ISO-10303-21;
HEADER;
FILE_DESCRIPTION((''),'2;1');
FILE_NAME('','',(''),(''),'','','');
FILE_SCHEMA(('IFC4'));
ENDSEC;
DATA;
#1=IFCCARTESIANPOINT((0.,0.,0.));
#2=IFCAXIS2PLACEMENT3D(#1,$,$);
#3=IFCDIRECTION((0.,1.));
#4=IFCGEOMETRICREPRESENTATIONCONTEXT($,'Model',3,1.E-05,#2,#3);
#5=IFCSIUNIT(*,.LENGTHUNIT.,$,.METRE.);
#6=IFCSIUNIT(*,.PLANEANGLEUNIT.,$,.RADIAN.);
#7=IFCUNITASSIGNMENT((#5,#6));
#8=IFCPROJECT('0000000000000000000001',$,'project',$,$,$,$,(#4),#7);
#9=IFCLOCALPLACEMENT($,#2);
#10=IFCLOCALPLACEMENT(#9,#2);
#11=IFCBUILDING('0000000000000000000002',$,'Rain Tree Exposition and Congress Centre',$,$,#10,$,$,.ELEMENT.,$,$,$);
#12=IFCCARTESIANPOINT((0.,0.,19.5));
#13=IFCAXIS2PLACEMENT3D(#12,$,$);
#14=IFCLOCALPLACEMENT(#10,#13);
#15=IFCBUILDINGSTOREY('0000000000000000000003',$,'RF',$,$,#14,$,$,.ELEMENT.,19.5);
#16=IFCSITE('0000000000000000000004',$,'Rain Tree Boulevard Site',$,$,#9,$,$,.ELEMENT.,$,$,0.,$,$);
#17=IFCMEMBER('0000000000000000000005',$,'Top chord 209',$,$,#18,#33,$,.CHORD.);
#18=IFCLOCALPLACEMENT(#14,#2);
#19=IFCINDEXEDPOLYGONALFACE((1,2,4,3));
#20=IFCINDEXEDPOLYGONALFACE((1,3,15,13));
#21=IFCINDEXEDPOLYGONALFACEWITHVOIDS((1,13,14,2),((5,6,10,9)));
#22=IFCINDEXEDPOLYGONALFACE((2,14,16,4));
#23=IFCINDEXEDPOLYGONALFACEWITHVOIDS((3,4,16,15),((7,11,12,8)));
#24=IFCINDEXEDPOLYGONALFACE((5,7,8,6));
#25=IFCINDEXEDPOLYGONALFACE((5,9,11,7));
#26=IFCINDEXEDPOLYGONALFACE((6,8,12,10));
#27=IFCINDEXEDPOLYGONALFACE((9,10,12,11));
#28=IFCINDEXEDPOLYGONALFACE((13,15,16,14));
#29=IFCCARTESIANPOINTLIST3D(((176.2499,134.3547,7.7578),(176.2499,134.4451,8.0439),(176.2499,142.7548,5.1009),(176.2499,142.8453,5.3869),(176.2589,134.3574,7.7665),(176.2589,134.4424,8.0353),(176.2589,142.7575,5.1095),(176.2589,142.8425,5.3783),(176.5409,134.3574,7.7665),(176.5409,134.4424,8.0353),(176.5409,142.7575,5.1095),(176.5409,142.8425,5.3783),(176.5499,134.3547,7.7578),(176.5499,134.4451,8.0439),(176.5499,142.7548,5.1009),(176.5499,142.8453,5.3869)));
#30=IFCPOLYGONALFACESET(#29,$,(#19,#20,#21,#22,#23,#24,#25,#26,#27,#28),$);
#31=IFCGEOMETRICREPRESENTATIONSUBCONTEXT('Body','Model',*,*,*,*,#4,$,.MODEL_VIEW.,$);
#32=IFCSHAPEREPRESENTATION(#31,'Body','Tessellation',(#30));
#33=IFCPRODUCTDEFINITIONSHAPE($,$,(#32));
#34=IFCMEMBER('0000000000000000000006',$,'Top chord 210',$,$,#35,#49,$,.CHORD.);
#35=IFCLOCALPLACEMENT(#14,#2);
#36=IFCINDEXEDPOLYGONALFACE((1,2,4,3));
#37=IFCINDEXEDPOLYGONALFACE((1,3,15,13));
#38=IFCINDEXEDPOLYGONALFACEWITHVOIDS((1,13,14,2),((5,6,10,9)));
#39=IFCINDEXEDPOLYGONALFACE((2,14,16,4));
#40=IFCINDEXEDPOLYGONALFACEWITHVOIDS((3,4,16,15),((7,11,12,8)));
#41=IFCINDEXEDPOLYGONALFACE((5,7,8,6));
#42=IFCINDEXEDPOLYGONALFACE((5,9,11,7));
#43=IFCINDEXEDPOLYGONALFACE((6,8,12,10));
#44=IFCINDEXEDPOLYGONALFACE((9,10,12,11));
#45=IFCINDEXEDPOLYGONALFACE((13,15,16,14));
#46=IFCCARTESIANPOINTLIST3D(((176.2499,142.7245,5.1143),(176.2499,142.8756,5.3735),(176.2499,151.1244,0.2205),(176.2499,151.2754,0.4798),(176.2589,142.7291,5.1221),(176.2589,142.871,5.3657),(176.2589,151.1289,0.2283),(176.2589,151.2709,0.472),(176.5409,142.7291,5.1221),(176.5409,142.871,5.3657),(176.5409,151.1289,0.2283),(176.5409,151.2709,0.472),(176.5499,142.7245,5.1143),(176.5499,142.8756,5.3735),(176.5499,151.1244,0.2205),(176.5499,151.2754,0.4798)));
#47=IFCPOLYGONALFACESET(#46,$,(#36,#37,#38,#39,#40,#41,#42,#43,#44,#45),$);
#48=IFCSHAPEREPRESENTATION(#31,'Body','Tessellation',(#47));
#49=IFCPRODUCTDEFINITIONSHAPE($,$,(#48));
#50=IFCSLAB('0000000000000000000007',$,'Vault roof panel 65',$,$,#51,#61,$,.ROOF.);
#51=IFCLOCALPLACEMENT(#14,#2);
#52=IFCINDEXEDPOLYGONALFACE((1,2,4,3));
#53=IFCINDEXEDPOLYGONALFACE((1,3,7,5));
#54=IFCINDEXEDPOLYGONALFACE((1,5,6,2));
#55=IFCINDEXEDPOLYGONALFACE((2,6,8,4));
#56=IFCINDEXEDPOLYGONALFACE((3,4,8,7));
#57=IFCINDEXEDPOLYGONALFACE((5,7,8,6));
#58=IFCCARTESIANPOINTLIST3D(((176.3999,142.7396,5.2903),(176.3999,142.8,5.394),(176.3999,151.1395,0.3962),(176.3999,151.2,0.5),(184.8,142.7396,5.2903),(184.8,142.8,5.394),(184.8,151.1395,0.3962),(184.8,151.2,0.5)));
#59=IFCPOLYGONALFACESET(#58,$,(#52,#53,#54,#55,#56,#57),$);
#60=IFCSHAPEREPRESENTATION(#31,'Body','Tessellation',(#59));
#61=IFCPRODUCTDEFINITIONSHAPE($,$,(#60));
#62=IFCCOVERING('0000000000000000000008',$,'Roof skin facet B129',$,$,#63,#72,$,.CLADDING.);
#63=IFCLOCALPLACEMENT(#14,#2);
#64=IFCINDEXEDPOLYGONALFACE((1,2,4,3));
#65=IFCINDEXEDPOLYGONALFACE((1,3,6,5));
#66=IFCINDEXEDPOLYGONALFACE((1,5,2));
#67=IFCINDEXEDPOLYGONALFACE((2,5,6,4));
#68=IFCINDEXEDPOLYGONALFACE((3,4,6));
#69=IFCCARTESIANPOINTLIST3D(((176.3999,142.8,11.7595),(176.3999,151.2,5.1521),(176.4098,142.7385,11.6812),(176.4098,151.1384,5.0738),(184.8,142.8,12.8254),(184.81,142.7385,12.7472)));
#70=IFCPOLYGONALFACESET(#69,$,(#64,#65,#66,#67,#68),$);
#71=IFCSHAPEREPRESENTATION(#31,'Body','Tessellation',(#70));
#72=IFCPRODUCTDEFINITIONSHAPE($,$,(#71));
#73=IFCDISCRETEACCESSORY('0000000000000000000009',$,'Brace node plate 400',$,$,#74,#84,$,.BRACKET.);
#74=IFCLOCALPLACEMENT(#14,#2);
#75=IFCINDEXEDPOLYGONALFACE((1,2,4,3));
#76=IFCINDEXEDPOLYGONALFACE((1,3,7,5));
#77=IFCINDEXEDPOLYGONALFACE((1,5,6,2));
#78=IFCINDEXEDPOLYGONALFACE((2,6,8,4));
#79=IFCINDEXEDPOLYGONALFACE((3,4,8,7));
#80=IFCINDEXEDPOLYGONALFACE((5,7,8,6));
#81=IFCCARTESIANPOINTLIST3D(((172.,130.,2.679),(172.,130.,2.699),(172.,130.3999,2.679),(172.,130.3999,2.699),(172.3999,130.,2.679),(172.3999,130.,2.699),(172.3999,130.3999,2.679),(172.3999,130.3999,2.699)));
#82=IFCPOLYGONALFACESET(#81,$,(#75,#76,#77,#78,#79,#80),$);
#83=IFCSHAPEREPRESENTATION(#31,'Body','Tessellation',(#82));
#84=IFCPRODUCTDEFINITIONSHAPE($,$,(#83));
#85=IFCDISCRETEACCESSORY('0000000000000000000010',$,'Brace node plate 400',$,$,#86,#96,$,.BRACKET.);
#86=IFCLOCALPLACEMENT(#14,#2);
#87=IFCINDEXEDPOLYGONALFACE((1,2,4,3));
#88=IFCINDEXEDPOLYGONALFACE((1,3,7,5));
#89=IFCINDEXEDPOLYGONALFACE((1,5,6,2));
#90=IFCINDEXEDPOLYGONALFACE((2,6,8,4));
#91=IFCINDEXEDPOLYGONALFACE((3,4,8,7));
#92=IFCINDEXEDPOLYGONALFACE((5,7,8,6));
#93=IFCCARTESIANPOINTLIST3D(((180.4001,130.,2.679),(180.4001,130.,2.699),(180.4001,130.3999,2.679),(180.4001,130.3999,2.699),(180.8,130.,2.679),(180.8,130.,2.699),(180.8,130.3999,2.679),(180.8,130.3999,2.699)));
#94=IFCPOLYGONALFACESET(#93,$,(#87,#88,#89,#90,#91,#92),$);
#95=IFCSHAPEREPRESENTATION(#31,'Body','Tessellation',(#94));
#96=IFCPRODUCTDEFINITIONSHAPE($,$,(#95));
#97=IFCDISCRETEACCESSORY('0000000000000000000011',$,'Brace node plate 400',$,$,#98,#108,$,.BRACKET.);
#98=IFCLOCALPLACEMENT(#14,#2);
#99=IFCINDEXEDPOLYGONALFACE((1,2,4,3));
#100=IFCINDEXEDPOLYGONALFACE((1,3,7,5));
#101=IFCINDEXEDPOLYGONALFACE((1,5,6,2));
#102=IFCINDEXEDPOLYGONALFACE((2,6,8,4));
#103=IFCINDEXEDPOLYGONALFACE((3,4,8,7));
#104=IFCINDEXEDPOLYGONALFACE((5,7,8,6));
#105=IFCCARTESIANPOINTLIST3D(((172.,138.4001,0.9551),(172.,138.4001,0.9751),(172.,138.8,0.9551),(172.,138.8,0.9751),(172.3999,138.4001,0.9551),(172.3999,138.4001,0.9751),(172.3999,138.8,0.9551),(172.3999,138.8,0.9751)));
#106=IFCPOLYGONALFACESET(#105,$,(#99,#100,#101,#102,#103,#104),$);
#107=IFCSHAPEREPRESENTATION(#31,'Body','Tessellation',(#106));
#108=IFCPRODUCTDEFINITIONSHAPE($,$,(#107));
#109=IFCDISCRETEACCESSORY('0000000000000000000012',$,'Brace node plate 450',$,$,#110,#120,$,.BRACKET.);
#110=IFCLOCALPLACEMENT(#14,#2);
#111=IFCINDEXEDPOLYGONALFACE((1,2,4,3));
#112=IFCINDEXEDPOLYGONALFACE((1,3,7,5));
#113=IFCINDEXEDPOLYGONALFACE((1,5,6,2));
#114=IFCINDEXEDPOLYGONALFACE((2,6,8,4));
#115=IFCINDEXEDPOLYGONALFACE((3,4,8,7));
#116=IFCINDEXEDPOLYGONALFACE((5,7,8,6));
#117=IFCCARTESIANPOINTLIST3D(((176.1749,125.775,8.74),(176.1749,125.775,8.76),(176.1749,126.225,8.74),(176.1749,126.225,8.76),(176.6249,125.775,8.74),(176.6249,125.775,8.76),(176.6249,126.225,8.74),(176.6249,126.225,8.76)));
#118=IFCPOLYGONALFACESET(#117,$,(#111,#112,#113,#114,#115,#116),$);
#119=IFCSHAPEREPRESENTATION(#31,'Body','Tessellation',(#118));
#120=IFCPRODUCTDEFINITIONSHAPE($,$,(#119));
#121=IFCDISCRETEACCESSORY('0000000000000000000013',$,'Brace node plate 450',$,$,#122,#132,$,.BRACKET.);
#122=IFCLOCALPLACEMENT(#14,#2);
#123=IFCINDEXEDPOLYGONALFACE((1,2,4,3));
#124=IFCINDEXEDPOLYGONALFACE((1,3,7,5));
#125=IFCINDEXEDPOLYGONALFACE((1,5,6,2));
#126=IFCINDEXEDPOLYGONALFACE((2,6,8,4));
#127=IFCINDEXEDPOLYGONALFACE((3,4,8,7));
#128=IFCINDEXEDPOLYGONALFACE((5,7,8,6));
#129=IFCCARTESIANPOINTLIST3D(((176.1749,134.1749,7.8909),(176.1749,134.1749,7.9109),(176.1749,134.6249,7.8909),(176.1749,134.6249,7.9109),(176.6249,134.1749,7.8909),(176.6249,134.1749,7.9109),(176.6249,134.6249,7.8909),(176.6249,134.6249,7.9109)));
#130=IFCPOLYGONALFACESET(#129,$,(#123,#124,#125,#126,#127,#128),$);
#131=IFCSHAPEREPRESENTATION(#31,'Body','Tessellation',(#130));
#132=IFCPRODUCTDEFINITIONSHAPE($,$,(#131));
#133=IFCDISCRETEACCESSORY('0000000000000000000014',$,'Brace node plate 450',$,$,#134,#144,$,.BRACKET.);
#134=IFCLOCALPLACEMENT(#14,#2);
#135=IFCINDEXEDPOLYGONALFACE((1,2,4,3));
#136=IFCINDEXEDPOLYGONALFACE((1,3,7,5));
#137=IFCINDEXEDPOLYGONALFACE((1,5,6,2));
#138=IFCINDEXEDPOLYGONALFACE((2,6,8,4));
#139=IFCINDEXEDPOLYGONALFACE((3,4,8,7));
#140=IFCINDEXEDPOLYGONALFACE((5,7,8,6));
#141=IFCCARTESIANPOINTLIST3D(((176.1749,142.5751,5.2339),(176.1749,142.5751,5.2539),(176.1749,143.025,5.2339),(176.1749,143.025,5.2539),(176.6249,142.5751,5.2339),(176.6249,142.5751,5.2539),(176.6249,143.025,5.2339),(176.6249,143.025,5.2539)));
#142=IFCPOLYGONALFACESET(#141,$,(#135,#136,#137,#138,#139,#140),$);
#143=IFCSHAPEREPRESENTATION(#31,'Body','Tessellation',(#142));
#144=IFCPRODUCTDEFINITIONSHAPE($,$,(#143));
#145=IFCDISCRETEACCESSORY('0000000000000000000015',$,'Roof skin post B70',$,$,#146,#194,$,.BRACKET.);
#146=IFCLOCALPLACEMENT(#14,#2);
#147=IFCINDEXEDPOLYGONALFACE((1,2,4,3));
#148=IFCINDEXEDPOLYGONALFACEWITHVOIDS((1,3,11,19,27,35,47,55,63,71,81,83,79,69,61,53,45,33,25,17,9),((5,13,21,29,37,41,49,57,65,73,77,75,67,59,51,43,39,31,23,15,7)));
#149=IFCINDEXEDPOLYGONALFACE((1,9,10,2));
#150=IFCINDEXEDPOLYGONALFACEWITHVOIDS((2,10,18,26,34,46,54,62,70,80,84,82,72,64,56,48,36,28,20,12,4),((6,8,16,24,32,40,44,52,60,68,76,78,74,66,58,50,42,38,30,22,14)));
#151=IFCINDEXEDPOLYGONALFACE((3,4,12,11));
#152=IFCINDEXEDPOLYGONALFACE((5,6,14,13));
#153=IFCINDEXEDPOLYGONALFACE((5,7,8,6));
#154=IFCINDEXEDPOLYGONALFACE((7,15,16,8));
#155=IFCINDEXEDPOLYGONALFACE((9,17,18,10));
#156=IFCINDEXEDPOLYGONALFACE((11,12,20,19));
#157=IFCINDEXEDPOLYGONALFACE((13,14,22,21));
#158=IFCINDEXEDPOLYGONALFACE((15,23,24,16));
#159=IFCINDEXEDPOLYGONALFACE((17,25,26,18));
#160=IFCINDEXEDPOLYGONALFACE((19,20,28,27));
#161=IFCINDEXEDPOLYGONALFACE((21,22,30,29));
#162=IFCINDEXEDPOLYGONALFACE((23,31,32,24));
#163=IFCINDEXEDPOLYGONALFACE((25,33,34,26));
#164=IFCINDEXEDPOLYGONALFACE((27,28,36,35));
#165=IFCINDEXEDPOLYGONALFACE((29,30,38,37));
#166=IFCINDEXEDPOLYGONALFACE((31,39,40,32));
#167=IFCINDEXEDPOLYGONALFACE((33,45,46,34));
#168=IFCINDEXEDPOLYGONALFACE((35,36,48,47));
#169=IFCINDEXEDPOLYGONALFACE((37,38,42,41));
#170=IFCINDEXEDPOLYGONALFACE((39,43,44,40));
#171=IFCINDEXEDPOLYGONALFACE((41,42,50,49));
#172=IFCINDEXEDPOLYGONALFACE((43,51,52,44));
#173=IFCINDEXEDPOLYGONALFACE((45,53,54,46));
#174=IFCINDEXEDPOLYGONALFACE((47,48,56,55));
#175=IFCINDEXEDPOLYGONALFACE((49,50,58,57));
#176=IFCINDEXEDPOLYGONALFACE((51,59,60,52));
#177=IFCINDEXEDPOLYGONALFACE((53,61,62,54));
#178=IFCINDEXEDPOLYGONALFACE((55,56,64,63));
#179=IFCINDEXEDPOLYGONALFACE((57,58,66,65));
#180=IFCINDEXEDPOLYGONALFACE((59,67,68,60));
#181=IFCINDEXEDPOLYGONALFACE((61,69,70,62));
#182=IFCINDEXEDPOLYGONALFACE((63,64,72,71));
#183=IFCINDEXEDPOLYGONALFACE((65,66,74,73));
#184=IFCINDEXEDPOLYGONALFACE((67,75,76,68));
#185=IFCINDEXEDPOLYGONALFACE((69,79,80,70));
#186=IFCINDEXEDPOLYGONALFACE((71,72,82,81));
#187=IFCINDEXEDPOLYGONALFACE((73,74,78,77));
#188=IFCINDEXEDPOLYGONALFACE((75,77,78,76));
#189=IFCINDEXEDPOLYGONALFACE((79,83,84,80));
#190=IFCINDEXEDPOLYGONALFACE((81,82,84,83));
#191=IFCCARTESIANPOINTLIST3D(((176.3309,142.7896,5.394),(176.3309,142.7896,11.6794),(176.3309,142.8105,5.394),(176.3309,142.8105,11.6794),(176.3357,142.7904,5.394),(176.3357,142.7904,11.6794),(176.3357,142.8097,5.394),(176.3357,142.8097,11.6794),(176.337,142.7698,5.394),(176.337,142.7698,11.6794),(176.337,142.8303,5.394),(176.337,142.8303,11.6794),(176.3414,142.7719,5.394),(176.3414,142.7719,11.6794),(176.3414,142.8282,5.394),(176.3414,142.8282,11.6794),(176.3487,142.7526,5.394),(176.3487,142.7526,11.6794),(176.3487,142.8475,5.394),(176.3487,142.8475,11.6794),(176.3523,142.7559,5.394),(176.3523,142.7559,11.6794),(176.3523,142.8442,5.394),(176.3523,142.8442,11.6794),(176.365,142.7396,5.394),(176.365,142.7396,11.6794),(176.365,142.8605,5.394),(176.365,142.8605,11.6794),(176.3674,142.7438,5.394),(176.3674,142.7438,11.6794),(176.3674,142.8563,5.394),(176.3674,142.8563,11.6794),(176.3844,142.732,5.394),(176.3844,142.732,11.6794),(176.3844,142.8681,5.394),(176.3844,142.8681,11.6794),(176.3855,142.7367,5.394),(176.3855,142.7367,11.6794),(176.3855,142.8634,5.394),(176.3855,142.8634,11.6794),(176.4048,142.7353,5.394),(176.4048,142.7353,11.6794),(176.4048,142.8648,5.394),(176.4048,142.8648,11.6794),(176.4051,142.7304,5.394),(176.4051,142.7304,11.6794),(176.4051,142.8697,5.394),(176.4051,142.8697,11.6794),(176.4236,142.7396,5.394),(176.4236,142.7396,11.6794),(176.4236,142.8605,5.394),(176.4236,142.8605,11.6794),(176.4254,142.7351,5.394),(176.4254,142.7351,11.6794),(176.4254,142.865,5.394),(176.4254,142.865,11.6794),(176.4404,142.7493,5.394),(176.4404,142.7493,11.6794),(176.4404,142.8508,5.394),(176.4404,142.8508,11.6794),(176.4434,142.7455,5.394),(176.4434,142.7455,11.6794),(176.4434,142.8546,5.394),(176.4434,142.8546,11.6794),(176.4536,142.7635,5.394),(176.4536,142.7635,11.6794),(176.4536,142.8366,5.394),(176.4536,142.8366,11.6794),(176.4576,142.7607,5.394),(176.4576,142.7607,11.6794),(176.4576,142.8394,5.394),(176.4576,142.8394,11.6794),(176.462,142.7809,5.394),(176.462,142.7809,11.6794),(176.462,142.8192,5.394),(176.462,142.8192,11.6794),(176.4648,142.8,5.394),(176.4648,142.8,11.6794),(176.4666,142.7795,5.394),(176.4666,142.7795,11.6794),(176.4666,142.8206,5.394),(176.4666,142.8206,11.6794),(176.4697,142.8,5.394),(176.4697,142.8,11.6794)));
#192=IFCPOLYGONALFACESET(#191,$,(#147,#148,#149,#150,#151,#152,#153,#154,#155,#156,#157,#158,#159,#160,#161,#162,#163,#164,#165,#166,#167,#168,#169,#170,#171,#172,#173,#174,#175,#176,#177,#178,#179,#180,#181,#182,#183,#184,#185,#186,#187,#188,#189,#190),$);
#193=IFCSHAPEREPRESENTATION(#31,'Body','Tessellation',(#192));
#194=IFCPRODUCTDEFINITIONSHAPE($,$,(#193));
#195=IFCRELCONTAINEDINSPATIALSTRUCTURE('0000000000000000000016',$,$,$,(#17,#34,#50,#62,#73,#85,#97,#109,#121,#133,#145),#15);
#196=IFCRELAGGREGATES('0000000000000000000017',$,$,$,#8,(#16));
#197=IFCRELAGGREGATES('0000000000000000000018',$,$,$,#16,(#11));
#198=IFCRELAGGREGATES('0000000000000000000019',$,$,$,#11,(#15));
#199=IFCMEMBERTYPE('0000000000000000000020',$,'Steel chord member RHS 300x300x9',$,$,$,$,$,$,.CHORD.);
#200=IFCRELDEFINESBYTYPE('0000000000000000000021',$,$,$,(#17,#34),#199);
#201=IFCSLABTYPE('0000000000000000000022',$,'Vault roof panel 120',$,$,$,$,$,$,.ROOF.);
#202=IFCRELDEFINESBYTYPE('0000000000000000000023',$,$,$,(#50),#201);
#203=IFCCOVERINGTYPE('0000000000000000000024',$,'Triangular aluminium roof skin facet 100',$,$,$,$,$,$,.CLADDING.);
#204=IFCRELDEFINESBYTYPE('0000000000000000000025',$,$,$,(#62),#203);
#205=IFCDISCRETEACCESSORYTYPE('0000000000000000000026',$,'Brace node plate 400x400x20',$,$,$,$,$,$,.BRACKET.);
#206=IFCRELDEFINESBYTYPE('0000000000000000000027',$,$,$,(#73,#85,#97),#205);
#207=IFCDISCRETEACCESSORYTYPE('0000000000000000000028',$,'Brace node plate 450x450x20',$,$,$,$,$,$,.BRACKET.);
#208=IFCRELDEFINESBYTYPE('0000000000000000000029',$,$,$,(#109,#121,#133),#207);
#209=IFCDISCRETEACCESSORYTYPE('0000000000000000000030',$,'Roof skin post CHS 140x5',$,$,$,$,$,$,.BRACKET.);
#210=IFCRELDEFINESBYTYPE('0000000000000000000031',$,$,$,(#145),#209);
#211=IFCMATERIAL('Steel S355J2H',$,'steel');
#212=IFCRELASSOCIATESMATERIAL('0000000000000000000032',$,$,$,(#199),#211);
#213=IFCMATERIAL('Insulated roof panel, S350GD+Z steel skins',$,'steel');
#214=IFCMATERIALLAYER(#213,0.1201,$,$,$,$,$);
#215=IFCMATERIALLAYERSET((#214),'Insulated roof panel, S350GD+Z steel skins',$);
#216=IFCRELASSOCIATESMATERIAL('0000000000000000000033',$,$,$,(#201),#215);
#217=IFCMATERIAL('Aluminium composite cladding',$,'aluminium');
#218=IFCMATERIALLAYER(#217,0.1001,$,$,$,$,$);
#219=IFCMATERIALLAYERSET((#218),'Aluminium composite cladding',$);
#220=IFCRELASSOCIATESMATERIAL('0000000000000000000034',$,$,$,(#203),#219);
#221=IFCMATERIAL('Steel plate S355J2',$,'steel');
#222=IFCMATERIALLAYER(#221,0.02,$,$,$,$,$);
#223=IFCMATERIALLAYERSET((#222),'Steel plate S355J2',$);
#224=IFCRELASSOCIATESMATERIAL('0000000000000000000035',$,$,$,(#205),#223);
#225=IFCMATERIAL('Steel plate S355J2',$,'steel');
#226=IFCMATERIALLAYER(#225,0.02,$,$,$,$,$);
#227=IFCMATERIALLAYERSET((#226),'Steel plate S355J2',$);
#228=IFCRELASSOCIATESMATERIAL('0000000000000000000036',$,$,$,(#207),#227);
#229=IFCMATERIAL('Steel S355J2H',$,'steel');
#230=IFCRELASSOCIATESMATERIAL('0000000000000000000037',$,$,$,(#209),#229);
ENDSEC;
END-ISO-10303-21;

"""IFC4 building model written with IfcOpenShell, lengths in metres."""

from ifc_helpers import new_model, si_unit, direction, frame, origin, origin_2d, place, context, subcontext, project, spatial, polyline, rectangle, hollow_rectangle, hollow_circle, outline, extrude, material, layer, layer_set, material_profile, profile_set, type_object, element, save


model = new_model("IFC4")

# Units and contexts
model_context = context("Model", 3, precision=1e-05, world=origin(), true_north=direction((0.0, 1.0)))
body_context = subcontext(model_context, "Body", "Model", "MODEL_VIEW")
ifc_project = project(units=[si_unit("LENGTHUNIT", "METRE"), si_unit("PLANEANGLEUNIT", "RADIAN")], contexts=[model_context])

# Site, building, storey
site_placement = place(None, origin())
site = spatial("IfcSite", under=ifc_project, at=site_placement, Name="Rain Tree Boulevard Site", CompositionType="ELEMENT", RefElevation=0.0)
building_placement = place(site_placement, origin())
building = spatial("IfcBuilding", under=site, at=building_placement, Name="Rain Tree Exposition and Congress Centre", CompositionType="ELEMENT")
storey_placement = place(building_placement, frame((0.0, 0.0, 19.5)))
storey = spatial("IfcBuildingStorey", under=building, at=storey_placement, Name="RF", CompositionType="ELEMENT", Elevation=19.5)

# Members
ifc_material_1 = material(Name="Steel S355J2H", Category="steel")
ifc_material_profile_1 = material_profile(ifc_material_1, hollow_rectangle(XDim=0.3, YDim=0.3, WallThickness=0.009, at=origin_2d()), Name="RHS 300x300x9")
ifc_profile_set_1 = profile_set([ifc_material_profile_1], Name="Steel S355J2H")
member_type_1 = type_object("IfcMemberType", Name="Steel chord member RHS 300x300x9", PredefinedType="CHORD", material=ifc_profile_set_1)
member_1_placement = place(storey_placement, frame((176.3999, 134.3999, 7.9009), z_axis=(0.0, 0.953442, -0.301576), x_axis=(-1.0, 0.0, 0.0)))
element("IfcMember", 1, at=member_1_placement, inside=storey, type_object=member_type_1, Name="Top chord 209", PredefinedType="CHORD", context=body_context, shape_type="SweptSolid", body=[
    extrude(hollow_rectangle(XDim=0.3, YDim=0.3, WallThickness=0.009, at=origin_2d()), origin(), (0.0, 0.0, 1.0), 8.8103),
])
member_2_placement = place(storey_placement, frame((176.3999, 142.8, 5.2439), z_axis=(0.0, 0.864054, -0.503399), x_axis=(-1.0, 0.0, 0.0)))
element("IfcMember", 2, at=member_2_placement, inside=storey, type_object=member_type_1, Name="Top chord 210", PredefinedType="CHORD", context=body_context, shape_type="SweptSolid", body=[
    extrude(hollow_rectangle(XDim=0.3, YDim=0.3, WallThickness=0.009, at=origin_2d()), origin(), (0.0, 0.0, 1.0), 9.7214),
])

# Slab
ifc_material_2 = material(Name="Insulated roof panel, S350GD+Z steel skins", Category="steel")
ifc_layer_1 = layer(ifc_material_2, 0.1201)
ifc_layer_set_1 = layer_set([ifc_layer_1], Name="Insulated roof panel, S350GD+Z steel skins")
slab_type = type_object("IfcSlabType", Name="Vault roof panel 120", PredefinedType="ROOF", material=ifc_layer_set_1)
slab_placement = place(storey_placement, frame((176.3999, 142.8, 5.394), z_axis=(0.0, 0.503418, 0.864043), x_axis=(1.0, 0.0, 0.0)))
element("IfcSlab", 3, at=slab_placement, inside=storey, type_object=slab_type, Name="Vault roof panel 65", PredefinedType="ROOF", context=body_context, shape_type="SweptSolid", body=[
    extrude(outline(polyline([(0.0, 0.0), (8.4001, 0.0), (8.4001, 9.7216), (0.0, 9.7216), (0.0, 0.0)])), origin(), (0.0, 0.0, -1.0), 0.1201),
])

# Covering
ifc_material_3 = material(Name="Aluminium composite cladding", Category="aluminium")
ifc_layer_2 = layer(ifc_material_3, 0.1001)
ifc_layer_set_2 = layer_set([ifc_layer_2], Name="Aluminium composite cladding")
covering_type = type_object("IfcCoveringType", Name="Triangular aluminium roof skin facet 100", PredefinedType="CLADDING", material=ifc_layer_set_2)
covering_placement = place(storey_placement, frame((176.3999, 142.8, 11.7595), z_axis=(-0.099242, 0.615203, 0.782097), x_axis=(0.992045, 0.0, 0.125883)))
element("IfcCovering", 4, at=covering_placement, inside=storey, type_object=covering_type, Name="Roof skin facet B129", PredefinedType="CLADDING", context=body_context, shape_type="SweptSolid", body=[
    extrude(outline(polyline([(0.0, 0.0), (8.4675, 0.0), (-0.8318, 10.6548), (0.0, 0.0)])), origin(), (0.0, 0.0, -1.0), 0.1001),
])

# Discrete accessories
ifc_material_4 = material(Name="Steel plate S355J2", Category="steel")
ifc_layer_3 = layer(ifc_material_4, 0.02)
ifc_layer_set_3 = layer_set([ifc_layer_3], Name="Steel plate S355J2")
discrete_accessory_type_1 = type_object("IfcDiscreteAccessoryType", Name="Brace node plate 400x400x20", PredefinedType="BRACKET", material=ifc_layer_set_3)
for number, where, z_axis, x_axis, name in (
    (5, (172.2, 130.2, 2.679), (0.0, 0.0, 1.0), (1.0, 0.0, 0.0), "Brace node plate 400"),
    (6, (180.6001, 130.2, 2.679), (0.0, 0.0, 1.0), (1.0, 0.0, 0.0), "Brace node plate 400"),
    (7, (172.2, 138.6001, 0.9551), (0.0, 0.0, 1.0), (1.0, 0.0, 0.0), "Brace node plate 400"),
):
    element("IfcDiscreteAccessory", number, at=place(storey_placement, frame(where, z_axis=z_axis, x_axis=x_axis)), inside=storey, type_object=discrete_accessory_type_1, Name=name, PredefinedType="BRACKET", context=body_context, shape_type="SweptSolid", body=[
        extrude(rectangle(XDim=0.3999, YDim=0.3999, at=origin_2d()), origin(), (0.0, 0.0, 1.0), 0.02),
    ])
ifc_material_5 = material(Name="Steel plate S355J2", Category="steel")
ifc_layer_4 = layer(ifc_material_5, 0.02)
ifc_layer_set_4 = layer_set([ifc_layer_4], Name="Steel plate S355J2")
discrete_accessory_type_2 = type_object("IfcDiscreteAccessoryType", Name="Brace node plate 450x450x20", PredefinedType="BRACKET", material=ifc_layer_set_4)
for number, where, z_axis, x_axis, name in (
    (8, (176.3999, 126.0, 8.74), (0.0, 0.0, 1.0), (1.0, 0.0, 0.0), "Brace node plate 450"),
    (9, (176.3999, 134.3999, 7.8909), (0.0, 0.0, 1.0), (1.0, 0.0, 0.0), "Brace node plate 450"),
    (10, (176.3999, 142.8, 5.2339), (0.0, 0.0, 1.0), (1.0, 0.0, 0.0), "Brace node plate 450"),
):
    element("IfcDiscreteAccessory", number, at=place(storey_placement, frame(where, z_axis=z_axis, x_axis=x_axis)), inside=storey, type_object=discrete_accessory_type_2, Name=name, PredefinedType="BRACKET", context=body_context, shape_type="SweptSolid", body=[
        extrude(rectangle(XDim=0.45, YDim=0.45, at=origin_2d()), origin(), (0.0, 0.0, 1.0), 0.02),
    ])
ifc_material_6 = material(Name="Steel S355J2H", Category="steel")
ifc_material_profile_2 = material_profile(ifc_material_6, hollow_circle(Radius=0.0698, WallThickness=0.0049, at=origin_2d()), Name="CHS 140x5")
ifc_profile_set_2 = profile_set([ifc_material_profile_2], Name="Steel S355J2H")
discrete_accessory_type_3 = type_object("IfcDiscreteAccessoryType", Name="Roof skin post CHS 140x5", PredefinedType="BRACKET", material=ifc_profile_set_2)
discrete_accessory_placement = place(storey_placement, frame((176.3999, 142.8, 5.394), z_axis=(0.0, 0.0, 1.0), x_axis=(1.0, 0.0, 0.0)))
element("IfcDiscreteAccessory", 11, at=discrete_accessory_placement, inside=storey, type_object=discrete_accessory_type_3, Name="Roof skin post B70", PredefinedType="BRACKET", context=body_context, shape_type="SweptSolid", body=[
    extrude(hollow_circle(Radius=0.0698, WallThickness=0.0049, at=origin_2d()), origin(), (0.0, 0.0, 1.0), 6.2854),
])

save(model, "model.ifc")
